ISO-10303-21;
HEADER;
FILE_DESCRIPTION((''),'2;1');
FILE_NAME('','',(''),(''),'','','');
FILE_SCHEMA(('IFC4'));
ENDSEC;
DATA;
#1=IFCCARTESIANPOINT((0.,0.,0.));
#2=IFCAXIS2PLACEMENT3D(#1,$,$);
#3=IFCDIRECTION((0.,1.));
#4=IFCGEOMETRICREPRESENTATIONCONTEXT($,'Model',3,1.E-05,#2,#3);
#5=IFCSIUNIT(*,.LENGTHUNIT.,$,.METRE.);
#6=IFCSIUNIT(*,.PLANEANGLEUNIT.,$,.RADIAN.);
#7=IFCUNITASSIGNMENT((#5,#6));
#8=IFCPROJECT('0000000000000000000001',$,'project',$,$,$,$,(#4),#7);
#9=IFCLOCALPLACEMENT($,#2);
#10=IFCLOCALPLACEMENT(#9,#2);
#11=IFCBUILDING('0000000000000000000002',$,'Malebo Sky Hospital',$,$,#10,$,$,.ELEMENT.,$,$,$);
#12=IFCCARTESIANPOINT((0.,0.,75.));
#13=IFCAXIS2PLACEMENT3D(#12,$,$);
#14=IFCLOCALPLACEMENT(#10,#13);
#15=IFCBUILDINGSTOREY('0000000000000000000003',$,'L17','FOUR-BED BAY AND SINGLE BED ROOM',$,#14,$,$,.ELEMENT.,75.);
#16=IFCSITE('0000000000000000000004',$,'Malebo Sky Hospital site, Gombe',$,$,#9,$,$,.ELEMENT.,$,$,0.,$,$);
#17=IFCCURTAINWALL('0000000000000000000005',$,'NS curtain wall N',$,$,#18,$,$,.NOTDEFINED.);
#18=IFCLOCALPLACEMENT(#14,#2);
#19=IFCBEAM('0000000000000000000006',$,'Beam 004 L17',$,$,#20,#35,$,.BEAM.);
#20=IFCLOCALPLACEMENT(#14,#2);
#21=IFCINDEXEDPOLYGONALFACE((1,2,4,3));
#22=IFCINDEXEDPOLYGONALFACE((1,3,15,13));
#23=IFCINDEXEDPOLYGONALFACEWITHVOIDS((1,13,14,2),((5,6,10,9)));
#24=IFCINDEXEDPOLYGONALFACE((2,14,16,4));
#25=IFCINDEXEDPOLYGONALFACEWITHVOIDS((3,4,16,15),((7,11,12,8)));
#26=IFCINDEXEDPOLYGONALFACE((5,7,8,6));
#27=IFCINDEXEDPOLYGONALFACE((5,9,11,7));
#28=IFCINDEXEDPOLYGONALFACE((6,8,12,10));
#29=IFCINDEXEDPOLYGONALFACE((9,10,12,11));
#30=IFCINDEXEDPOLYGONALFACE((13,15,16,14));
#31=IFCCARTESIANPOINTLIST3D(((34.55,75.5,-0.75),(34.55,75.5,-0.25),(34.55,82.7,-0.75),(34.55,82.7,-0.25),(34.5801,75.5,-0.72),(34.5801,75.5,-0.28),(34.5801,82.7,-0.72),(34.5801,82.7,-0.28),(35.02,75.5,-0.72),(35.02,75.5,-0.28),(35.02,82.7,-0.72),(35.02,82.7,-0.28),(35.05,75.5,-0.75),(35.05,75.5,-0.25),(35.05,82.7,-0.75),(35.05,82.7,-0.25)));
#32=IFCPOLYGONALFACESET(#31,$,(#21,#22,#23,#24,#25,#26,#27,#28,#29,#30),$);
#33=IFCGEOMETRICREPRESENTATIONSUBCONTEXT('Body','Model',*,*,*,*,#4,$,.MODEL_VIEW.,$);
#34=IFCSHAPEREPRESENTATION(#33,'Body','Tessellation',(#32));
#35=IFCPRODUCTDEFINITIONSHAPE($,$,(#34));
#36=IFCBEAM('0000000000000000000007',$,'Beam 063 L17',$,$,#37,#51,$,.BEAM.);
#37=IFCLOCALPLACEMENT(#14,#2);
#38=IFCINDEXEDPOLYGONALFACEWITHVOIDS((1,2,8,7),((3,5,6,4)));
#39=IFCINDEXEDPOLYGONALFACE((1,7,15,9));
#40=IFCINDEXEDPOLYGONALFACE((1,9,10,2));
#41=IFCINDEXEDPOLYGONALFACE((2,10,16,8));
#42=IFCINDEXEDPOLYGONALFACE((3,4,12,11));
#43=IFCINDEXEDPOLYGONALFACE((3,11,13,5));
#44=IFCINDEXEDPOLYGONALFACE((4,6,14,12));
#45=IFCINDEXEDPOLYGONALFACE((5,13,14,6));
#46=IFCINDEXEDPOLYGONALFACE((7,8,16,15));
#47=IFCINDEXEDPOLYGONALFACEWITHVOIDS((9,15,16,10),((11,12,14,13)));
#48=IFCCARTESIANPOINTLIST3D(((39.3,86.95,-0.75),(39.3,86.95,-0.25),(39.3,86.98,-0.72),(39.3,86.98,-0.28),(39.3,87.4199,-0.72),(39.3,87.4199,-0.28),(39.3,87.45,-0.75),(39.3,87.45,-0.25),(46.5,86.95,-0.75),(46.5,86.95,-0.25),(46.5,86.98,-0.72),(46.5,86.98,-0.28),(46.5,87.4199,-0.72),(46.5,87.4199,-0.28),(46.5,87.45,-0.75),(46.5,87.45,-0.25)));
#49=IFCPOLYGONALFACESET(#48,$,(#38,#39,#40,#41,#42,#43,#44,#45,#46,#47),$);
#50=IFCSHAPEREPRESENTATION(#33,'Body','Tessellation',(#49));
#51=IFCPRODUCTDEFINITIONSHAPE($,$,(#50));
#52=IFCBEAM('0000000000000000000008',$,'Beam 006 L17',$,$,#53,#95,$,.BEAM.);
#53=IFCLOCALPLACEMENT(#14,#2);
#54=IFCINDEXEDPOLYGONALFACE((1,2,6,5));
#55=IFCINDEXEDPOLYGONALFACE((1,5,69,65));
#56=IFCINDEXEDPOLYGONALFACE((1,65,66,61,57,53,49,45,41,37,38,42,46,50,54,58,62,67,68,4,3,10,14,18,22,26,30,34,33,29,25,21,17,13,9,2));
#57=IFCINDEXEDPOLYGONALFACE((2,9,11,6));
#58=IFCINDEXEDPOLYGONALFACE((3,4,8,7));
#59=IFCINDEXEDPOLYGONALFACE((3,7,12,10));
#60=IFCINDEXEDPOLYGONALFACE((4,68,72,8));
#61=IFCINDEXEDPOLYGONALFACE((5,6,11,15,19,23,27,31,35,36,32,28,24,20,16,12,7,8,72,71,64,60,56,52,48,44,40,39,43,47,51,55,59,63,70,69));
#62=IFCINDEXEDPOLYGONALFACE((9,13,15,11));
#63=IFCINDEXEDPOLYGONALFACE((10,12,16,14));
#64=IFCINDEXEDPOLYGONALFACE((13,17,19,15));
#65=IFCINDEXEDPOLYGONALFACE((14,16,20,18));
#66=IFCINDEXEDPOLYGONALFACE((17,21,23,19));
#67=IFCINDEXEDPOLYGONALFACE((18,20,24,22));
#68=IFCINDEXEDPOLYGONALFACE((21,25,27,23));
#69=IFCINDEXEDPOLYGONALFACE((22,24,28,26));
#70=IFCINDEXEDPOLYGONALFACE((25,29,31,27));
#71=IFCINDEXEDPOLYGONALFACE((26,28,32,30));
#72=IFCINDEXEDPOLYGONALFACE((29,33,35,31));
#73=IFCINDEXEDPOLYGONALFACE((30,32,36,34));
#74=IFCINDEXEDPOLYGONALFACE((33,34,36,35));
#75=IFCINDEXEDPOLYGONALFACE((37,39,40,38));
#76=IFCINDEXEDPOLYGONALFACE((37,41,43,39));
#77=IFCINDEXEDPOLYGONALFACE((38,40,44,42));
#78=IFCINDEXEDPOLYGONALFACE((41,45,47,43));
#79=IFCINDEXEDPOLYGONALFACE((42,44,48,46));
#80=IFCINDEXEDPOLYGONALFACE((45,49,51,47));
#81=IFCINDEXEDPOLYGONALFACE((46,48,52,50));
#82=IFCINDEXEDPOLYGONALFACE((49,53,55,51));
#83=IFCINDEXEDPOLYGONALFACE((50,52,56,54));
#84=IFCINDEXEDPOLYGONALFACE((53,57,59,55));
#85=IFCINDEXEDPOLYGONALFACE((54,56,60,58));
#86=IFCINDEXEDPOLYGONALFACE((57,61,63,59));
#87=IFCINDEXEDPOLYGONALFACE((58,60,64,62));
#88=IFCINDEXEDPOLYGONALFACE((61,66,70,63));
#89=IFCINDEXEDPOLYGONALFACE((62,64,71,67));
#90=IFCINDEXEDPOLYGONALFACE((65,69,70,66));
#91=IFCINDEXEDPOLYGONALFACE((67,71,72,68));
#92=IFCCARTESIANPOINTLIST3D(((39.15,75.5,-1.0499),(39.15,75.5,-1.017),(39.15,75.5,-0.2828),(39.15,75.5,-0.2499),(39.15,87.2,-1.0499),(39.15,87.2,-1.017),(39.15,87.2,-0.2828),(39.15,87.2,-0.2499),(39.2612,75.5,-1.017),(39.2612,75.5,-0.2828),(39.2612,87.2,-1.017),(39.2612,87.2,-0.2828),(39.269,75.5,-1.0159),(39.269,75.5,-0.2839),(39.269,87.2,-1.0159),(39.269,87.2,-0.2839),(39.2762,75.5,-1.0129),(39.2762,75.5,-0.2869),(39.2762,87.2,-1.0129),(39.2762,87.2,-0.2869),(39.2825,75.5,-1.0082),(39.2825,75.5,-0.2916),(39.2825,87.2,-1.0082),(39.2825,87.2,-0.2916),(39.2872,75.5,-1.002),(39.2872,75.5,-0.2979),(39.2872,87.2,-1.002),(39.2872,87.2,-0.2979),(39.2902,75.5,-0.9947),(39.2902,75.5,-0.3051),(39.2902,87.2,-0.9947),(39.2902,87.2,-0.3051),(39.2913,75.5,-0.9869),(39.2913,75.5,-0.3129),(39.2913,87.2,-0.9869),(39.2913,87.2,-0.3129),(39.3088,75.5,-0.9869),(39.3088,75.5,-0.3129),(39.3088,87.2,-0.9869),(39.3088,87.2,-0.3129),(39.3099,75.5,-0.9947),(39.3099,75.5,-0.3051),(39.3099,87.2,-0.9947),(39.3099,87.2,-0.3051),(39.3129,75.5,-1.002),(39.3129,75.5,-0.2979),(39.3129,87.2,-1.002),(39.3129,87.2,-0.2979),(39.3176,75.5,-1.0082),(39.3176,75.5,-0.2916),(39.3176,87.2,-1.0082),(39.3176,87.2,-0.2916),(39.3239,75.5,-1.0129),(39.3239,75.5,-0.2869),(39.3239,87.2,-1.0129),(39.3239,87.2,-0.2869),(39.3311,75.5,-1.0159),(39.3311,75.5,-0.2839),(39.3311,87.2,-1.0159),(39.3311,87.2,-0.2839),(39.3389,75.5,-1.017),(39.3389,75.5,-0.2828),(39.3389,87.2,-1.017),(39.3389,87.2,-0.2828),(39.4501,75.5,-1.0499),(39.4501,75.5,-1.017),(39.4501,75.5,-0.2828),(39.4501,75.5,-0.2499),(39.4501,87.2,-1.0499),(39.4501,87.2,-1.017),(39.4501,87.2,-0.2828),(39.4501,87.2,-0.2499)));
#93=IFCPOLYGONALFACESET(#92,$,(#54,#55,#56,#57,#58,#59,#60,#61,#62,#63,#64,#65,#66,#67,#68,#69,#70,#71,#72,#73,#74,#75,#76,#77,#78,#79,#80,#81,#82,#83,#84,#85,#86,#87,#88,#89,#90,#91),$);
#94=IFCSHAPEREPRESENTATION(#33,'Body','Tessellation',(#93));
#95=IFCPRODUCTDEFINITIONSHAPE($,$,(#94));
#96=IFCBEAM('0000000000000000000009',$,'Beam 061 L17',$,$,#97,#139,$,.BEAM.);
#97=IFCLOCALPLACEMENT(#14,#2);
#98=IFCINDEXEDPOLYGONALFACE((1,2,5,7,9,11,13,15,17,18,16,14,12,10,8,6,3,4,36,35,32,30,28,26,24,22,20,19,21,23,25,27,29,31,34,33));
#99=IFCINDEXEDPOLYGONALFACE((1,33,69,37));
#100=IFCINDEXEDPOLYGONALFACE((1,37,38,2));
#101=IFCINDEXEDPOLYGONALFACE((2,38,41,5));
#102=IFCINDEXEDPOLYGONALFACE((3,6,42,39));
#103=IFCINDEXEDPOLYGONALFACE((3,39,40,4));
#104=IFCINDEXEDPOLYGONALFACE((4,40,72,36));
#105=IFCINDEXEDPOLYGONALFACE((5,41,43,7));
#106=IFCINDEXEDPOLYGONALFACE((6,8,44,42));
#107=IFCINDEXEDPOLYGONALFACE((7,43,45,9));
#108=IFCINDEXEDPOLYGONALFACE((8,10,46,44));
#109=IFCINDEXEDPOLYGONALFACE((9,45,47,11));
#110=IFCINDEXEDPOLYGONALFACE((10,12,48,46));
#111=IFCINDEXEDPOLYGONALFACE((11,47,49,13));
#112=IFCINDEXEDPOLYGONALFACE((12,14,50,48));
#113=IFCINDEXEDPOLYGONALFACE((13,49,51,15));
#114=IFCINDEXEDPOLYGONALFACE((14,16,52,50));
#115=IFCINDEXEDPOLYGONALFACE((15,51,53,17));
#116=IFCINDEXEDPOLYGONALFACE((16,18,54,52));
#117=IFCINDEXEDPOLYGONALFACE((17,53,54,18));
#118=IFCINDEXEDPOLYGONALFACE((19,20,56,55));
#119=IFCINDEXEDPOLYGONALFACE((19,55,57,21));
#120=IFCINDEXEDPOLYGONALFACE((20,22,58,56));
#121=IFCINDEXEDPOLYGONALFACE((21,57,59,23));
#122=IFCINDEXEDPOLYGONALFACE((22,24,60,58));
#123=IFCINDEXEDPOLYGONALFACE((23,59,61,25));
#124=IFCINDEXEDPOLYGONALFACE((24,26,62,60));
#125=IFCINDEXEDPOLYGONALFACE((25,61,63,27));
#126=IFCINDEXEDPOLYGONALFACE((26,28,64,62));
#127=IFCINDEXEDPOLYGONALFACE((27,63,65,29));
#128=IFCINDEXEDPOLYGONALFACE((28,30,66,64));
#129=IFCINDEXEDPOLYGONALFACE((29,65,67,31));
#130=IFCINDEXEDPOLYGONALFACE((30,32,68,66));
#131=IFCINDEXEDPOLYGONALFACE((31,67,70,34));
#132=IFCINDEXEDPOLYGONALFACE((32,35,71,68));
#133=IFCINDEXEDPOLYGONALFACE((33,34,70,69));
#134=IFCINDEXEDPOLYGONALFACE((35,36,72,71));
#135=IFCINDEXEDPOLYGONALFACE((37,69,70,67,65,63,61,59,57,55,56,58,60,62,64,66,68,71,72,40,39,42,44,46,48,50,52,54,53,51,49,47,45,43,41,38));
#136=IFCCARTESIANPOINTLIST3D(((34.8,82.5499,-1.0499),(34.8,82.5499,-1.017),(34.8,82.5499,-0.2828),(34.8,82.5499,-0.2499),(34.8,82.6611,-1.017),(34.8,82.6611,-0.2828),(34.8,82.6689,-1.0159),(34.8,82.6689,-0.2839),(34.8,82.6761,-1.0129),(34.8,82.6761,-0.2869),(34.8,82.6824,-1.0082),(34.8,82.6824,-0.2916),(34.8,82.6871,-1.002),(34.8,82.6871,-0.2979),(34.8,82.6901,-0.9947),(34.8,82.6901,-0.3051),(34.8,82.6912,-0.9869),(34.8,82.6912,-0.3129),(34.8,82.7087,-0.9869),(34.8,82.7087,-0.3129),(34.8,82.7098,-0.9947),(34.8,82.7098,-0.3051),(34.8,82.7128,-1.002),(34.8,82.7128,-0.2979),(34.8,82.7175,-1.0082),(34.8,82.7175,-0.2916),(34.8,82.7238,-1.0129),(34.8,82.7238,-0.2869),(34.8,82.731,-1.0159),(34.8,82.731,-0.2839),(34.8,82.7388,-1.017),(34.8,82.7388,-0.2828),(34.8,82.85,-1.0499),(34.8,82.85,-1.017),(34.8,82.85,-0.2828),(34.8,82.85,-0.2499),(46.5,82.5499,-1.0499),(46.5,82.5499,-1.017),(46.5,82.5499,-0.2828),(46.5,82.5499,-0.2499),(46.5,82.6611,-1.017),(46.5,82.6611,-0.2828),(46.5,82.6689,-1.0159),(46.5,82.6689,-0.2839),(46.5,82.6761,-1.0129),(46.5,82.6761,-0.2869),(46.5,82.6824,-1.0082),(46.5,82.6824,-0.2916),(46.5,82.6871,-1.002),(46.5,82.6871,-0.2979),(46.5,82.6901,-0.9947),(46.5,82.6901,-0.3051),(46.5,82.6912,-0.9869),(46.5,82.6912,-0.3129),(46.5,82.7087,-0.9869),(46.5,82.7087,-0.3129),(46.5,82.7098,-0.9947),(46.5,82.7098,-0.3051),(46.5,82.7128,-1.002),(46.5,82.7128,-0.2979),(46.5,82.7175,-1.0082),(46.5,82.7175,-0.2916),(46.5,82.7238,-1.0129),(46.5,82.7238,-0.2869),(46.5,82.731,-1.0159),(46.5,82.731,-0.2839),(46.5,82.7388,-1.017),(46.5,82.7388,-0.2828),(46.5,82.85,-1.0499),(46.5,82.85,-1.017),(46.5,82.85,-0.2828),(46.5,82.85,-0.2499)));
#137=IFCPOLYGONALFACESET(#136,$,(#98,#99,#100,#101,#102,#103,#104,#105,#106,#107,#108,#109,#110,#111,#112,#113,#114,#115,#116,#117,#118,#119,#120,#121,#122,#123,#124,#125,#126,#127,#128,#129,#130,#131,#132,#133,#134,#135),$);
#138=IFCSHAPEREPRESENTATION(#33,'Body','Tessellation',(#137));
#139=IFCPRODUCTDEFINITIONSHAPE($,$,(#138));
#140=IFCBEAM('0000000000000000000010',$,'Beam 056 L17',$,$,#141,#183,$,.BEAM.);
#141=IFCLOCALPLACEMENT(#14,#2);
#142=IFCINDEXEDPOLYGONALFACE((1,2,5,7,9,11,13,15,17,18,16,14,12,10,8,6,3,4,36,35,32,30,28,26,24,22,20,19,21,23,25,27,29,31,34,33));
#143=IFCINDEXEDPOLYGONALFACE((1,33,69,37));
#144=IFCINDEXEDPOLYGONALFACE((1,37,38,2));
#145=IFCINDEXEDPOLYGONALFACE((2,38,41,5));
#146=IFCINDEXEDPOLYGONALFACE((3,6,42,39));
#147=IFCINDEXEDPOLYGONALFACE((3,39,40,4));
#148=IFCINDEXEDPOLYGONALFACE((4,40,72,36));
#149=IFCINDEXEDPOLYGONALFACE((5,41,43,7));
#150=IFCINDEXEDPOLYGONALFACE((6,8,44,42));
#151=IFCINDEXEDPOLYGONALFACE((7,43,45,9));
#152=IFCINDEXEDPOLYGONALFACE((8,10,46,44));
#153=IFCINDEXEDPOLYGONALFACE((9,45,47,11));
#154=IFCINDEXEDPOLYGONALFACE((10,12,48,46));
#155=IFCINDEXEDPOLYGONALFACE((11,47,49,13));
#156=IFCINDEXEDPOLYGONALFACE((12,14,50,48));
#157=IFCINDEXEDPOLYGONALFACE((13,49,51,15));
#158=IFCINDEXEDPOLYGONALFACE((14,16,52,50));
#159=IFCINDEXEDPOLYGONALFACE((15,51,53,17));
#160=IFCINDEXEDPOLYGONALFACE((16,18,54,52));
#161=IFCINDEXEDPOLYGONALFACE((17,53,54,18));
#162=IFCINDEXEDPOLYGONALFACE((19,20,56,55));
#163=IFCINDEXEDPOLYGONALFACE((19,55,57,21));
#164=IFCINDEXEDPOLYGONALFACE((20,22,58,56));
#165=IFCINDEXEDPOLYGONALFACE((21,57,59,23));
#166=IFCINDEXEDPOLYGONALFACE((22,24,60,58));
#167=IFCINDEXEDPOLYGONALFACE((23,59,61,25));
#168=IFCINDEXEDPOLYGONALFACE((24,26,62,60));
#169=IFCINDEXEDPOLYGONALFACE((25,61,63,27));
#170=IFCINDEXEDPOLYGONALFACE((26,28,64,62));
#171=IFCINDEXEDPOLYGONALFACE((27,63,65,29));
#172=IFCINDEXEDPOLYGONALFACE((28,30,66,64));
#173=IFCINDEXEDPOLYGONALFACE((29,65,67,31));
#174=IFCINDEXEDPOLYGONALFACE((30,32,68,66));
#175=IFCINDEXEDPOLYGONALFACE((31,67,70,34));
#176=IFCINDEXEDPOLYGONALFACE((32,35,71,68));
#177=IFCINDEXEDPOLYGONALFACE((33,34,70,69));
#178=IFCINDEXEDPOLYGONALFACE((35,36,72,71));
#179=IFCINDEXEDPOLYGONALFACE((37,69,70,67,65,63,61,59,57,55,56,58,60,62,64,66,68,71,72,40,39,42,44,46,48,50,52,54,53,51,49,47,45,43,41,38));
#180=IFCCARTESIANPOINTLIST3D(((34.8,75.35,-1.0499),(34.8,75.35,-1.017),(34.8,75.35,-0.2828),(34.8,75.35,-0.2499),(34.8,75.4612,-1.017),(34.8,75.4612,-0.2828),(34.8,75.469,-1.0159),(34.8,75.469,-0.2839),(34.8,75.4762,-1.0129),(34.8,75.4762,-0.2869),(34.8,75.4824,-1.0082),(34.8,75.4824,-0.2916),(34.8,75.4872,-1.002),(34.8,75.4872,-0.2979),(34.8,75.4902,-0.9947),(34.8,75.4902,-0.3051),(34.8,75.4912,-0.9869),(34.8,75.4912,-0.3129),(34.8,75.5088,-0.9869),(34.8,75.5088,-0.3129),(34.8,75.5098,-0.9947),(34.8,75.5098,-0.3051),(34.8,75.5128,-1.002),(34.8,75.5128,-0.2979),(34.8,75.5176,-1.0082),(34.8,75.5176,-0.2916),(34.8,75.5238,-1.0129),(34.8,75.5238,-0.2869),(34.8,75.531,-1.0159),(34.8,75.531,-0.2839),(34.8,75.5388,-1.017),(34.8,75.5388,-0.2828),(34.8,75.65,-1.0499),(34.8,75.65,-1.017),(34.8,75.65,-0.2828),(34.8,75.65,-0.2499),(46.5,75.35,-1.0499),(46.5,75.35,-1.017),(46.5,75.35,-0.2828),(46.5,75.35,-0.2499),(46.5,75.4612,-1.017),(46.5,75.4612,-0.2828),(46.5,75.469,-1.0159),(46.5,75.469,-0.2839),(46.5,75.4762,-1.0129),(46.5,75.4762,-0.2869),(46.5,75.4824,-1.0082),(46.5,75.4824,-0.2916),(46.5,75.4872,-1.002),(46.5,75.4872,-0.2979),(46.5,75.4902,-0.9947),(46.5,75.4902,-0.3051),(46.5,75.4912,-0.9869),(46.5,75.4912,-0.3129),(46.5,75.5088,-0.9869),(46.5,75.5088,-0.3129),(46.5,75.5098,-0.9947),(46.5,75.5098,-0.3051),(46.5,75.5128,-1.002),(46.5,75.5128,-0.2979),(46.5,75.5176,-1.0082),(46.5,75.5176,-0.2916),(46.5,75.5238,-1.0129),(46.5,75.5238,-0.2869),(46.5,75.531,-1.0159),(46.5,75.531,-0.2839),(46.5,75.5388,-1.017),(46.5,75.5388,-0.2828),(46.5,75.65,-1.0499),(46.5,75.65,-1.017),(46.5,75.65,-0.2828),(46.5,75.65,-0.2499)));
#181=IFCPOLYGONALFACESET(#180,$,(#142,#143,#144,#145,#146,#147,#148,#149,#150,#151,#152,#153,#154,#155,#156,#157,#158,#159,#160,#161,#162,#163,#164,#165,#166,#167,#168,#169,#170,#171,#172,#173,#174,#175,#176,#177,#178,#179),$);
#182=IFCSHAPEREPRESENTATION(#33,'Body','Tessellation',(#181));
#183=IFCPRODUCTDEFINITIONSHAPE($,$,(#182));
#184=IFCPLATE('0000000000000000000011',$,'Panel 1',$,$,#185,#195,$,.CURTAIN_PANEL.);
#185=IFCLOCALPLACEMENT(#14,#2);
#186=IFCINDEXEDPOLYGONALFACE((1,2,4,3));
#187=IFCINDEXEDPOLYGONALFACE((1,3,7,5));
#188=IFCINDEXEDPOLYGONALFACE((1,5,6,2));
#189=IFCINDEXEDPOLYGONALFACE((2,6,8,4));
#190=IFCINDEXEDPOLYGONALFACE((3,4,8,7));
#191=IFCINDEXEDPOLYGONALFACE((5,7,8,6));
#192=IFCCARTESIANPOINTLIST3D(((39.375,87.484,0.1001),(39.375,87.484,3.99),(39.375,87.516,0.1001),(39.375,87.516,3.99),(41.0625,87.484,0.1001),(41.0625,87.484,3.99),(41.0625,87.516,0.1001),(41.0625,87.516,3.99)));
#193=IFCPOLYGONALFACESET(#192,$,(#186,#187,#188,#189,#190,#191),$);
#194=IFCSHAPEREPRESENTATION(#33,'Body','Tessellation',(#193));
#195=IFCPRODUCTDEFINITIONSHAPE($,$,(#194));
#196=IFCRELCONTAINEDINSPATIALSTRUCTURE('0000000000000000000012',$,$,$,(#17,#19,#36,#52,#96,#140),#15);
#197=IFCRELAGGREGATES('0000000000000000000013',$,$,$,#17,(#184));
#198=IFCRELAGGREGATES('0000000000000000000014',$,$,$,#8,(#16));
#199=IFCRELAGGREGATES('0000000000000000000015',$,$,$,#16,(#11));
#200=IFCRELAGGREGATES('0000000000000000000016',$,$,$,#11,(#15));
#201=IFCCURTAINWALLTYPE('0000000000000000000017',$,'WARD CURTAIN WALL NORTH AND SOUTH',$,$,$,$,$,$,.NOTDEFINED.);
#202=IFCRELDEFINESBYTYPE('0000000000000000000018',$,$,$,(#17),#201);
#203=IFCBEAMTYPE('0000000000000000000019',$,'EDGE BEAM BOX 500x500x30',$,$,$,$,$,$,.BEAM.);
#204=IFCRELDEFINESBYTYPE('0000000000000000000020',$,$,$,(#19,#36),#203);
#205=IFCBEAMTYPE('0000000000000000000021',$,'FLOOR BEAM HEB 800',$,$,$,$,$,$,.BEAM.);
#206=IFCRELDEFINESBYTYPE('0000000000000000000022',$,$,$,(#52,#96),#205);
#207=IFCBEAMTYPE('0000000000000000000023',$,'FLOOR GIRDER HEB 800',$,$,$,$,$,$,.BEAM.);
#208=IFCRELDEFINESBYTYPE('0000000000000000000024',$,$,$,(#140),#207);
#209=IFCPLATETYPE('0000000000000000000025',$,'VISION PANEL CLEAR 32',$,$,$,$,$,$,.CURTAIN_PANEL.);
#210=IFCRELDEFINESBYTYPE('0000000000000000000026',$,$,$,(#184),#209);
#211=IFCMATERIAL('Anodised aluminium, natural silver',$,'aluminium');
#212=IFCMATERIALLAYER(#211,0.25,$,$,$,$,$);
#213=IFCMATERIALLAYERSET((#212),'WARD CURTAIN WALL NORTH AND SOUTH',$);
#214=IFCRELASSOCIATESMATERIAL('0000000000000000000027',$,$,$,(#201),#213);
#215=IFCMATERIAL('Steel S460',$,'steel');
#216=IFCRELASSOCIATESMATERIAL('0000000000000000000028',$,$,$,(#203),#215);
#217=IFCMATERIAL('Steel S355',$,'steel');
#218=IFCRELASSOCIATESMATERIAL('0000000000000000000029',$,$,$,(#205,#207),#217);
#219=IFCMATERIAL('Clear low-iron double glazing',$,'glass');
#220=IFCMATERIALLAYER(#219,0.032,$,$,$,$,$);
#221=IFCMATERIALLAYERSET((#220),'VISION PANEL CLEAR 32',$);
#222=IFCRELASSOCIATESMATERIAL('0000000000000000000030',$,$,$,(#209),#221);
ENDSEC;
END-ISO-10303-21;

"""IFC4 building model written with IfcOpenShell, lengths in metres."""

from ifc_helpers import new_model, si_unit, direction, frame, origin, origin_2d, place, context, subcontext, project, spatial, rectangle, hollow_rectangle, i_section, extrude, material, layer, layer_set, material_profile, profile_set, type_object, element, aggregate, save


model = new_model("IFC4")

# Units and contexts
model_context = context("Model", 3, precision=1e-05, world=origin(), true_north=direction((0.0, 1.0)))
body_context = subcontext(model_context, "Body", "Model", "MODEL_VIEW")
ifc_project = project(units=[si_unit("LENGTHUNIT", "METRE"), si_unit("PLANEANGLEUNIT", "RADIAN")], contexts=[model_context])

# Site, building, storey
site_placement = place(None, origin())
site = spatial("IfcSite", under=ifc_project, at=site_placement, Name="Malebo Sky Hospital site, Gombe", CompositionType="ELEMENT", RefElevation=0.0)
building_placement = place(site_placement, origin())
building = spatial("IfcBuilding", under=site, at=building_placement, Name="Malebo Sky Hospital", CompositionType="ELEMENT")
storey_placement = place(building_placement, frame((0.0, 0.0, 75.0)))
storey = spatial("IfcBuildingStorey", under=building, at=storey_placement, Name="L17", Description="FOUR-BED BAY AND SINGLE BED ROOM", CompositionType="ELEMENT", Elevation=75.0)

# Shared definitions
ifc_material_1 = material(Name="Steel S460", Category="steel")

# Curtain wall
ifc_material_2 = material(Name="Anodised aluminium, natural silver", Category="aluminium")
ifc_layer_1 = layer(ifc_material_2, 0.25)
ifc_layer_set_1 = layer_set([ifc_layer_1], Name="WARD CURTAIN WALL NORTH AND SOUTH")
curtain_wall_type_1 = type_object("IfcCurtainWallType", Name="WARD CURTAIN WALL NORTH AND SOUTH", PredefinedType="NOTDEFINED", material=ifc_layer_set_1)
curtain_wall_1_placement = place(storey_placement, origin())
curtain_wall_1 = element("IfcCurtainWall", 1, at=curtain_wall_1_placement, inside=storey, type_object=curtain_wall_type_1, Name="NS curtain wall N", PredefinedType="NOTDEFINED")

# Beams
ifc_material_profile_1 = material_profile(ifc_material_1, hollow_rectangle(XDim=0.5, YDim=0.5, WallThickness=0.03, at=origin_2d()), Name="BOX 500x500x30")
ifc_profile_set_1 = profile_set([ifc_material_profile_1], Name="Steel S460")
beam_type_1 = type_object("IfcBeamType", Name="EDGE BEAM BOX 500x500x30", PredefinedType="BEAM", material=ifc_profile_set_1)
for number, where, z_axis, x_axis, name in (
    (2, (34.8, 75.5, -0.5), (0.0, 1.0, 0.0), (-1.0, 0.0, 0.0), "Beam 004 L17"),
    (3, (39.3, 87.2, -0.5), (1.0, 0.0, 0.0), (0.0, 1.0, 0.0), "Beam 063 L17"),
):
    element("IfcBeam", number, at=place(storey_placement, frame(where, z_axis=z_axis, x_axis=x_axis)), inside=storey, type_object=beam_type_1, Name=name, PredefinedType="BEAM", context=body_context, shape_type="SweptSolid", body=[
        extrude(hollow_rectangle(XDim=0.5, YDim=0.5, WallThickness=0.03, at=origin_2d()), origin(), (0.0, 0.0, 1.0), 7.2),
    ])
ifc_material_3 = material(Name="Steel S355", Category="steel")
ifc_material_profile_2 = material_profile(ifc_material_3, i_section(OverallWidth=0.3, OverallDepth=0.8, WebThickness=0.0176, FlangeThickness=0.033, FilletRadius=0.03, at=origin_2d()), Name="HEB 800")
ifc_profile_set_2 = profile_set([ifc_material_profile_2], Name="Steel S355")
beam_type_2 = type_object("IfcBeamType", Name="FLOOR BEAM HEB 800", PredefinedType="BEAM", material=ifc_profile_set_2)
for number, where, z_axis, x_axis, name in (
    (4, (39.3, 75.5, -0.6499), (0.0, 1.0, 0.0), (-1.0, 0.0, 0.0), "Beam 006 L17"),
    (5, (34.8, 82.7, -0.6499), (1.0, 0.0, 0.0), (0.0, 1.0, 0.0), "Beam 061 L17"),
):
    element("IfcBeam", number, at=place(storey_placement, frame(where, z_axis=z_axis, x_axis=x_axis)), inside=storey, type_object=beam_type_2, Name=name, PredefinedType="BEAM", context=body_context, shape_type="SweptSolid", body=[
        extrude(i_section(OverallWidth=0.3, OverallDepth=0.8, WebThickness=0.0176, FlangeThickness=0.033, FilletRadius=0.03, at=origin_2d()), origin(), (0.0, 0.0, 1.0), 11.7),
    ])
ifc_material_profile_3 = material_profile(ifc_material_3, i_section(OverallWidth=0.3, OverallDepth=0.8, WebThickness=0.0176, FlangeThickness=0.033, FilletRadius=0.03, at=origin_2d()), Name="HEB 800")
ifc_profile_set_3 = profile_set([ifc_material_profile_3], Name="Steel S355")
beam_type_3 = type_object("IfcBeamType", Name="FLOOR GIRDER HEB 800", PredefinedType="BEAM", material=ifc_profile_set_3)
beam_placement = place(storey_placement, frame((34.8, 75.5, -0.6499), z_axis=(1.0, 0.0, 0.0), x_axis=(0.0, 1.0, 0.0)))
element("IfcBeam", 6, at=beam_placement, inside=storey, type_object=beam_type_3, Name="Beam 056 L17", PredefinedType="BEAM", context=body_context, shape_type="SweptSolid", body=[
    extrude(i_section(OverallWidth=0.3, OverallDepth=0.8, WebThickness=0.0176, FlangeThickness=0.033, FilletRadius=0.03, at=origin_2d()), origin(), (0.0, 0.0, 1.0), 11.7),
])

# Plate
ifc_material_4 = material(Name="Clear low-iron double glazing", Category="glass")
ifc_layer_2 = layer(ifc_material_4, 0.032)
ifc_layer_set_2 = layer_set([ifc_layer_2], Name="VISION PANEL CLEAR 32")
plate_type = type_object("IfcPlateType", Name="VISION PANEL CLEAR 32", PredefinedType="CURTAIN_PANEL", material=ifc_layer_set_2)
plate_1_placement = place(storey_placement, frame((40.2188, 87.5, 0.1001), z_axis=(0.0, 0.0, 1.0), x_axis=(1.0, 0.0, 0.0)))
plate_1 = element("IfcPlate", 7, at=plate_1_placement, type_object=plate_type, Name="Panel 1", PredefinedType="CURTAIN_PANEL", context=body_context, shape_type="SweptSolid", body=[
    extrude(rectangle(XDim=1.6875, YDim=0.032, at=origin_2d()), origin(), (0.0, 0.0, 1.0), 3.8899),
])
aggregate(curtain_wall_1, [plate_1])

save(model, "model.ifc")
